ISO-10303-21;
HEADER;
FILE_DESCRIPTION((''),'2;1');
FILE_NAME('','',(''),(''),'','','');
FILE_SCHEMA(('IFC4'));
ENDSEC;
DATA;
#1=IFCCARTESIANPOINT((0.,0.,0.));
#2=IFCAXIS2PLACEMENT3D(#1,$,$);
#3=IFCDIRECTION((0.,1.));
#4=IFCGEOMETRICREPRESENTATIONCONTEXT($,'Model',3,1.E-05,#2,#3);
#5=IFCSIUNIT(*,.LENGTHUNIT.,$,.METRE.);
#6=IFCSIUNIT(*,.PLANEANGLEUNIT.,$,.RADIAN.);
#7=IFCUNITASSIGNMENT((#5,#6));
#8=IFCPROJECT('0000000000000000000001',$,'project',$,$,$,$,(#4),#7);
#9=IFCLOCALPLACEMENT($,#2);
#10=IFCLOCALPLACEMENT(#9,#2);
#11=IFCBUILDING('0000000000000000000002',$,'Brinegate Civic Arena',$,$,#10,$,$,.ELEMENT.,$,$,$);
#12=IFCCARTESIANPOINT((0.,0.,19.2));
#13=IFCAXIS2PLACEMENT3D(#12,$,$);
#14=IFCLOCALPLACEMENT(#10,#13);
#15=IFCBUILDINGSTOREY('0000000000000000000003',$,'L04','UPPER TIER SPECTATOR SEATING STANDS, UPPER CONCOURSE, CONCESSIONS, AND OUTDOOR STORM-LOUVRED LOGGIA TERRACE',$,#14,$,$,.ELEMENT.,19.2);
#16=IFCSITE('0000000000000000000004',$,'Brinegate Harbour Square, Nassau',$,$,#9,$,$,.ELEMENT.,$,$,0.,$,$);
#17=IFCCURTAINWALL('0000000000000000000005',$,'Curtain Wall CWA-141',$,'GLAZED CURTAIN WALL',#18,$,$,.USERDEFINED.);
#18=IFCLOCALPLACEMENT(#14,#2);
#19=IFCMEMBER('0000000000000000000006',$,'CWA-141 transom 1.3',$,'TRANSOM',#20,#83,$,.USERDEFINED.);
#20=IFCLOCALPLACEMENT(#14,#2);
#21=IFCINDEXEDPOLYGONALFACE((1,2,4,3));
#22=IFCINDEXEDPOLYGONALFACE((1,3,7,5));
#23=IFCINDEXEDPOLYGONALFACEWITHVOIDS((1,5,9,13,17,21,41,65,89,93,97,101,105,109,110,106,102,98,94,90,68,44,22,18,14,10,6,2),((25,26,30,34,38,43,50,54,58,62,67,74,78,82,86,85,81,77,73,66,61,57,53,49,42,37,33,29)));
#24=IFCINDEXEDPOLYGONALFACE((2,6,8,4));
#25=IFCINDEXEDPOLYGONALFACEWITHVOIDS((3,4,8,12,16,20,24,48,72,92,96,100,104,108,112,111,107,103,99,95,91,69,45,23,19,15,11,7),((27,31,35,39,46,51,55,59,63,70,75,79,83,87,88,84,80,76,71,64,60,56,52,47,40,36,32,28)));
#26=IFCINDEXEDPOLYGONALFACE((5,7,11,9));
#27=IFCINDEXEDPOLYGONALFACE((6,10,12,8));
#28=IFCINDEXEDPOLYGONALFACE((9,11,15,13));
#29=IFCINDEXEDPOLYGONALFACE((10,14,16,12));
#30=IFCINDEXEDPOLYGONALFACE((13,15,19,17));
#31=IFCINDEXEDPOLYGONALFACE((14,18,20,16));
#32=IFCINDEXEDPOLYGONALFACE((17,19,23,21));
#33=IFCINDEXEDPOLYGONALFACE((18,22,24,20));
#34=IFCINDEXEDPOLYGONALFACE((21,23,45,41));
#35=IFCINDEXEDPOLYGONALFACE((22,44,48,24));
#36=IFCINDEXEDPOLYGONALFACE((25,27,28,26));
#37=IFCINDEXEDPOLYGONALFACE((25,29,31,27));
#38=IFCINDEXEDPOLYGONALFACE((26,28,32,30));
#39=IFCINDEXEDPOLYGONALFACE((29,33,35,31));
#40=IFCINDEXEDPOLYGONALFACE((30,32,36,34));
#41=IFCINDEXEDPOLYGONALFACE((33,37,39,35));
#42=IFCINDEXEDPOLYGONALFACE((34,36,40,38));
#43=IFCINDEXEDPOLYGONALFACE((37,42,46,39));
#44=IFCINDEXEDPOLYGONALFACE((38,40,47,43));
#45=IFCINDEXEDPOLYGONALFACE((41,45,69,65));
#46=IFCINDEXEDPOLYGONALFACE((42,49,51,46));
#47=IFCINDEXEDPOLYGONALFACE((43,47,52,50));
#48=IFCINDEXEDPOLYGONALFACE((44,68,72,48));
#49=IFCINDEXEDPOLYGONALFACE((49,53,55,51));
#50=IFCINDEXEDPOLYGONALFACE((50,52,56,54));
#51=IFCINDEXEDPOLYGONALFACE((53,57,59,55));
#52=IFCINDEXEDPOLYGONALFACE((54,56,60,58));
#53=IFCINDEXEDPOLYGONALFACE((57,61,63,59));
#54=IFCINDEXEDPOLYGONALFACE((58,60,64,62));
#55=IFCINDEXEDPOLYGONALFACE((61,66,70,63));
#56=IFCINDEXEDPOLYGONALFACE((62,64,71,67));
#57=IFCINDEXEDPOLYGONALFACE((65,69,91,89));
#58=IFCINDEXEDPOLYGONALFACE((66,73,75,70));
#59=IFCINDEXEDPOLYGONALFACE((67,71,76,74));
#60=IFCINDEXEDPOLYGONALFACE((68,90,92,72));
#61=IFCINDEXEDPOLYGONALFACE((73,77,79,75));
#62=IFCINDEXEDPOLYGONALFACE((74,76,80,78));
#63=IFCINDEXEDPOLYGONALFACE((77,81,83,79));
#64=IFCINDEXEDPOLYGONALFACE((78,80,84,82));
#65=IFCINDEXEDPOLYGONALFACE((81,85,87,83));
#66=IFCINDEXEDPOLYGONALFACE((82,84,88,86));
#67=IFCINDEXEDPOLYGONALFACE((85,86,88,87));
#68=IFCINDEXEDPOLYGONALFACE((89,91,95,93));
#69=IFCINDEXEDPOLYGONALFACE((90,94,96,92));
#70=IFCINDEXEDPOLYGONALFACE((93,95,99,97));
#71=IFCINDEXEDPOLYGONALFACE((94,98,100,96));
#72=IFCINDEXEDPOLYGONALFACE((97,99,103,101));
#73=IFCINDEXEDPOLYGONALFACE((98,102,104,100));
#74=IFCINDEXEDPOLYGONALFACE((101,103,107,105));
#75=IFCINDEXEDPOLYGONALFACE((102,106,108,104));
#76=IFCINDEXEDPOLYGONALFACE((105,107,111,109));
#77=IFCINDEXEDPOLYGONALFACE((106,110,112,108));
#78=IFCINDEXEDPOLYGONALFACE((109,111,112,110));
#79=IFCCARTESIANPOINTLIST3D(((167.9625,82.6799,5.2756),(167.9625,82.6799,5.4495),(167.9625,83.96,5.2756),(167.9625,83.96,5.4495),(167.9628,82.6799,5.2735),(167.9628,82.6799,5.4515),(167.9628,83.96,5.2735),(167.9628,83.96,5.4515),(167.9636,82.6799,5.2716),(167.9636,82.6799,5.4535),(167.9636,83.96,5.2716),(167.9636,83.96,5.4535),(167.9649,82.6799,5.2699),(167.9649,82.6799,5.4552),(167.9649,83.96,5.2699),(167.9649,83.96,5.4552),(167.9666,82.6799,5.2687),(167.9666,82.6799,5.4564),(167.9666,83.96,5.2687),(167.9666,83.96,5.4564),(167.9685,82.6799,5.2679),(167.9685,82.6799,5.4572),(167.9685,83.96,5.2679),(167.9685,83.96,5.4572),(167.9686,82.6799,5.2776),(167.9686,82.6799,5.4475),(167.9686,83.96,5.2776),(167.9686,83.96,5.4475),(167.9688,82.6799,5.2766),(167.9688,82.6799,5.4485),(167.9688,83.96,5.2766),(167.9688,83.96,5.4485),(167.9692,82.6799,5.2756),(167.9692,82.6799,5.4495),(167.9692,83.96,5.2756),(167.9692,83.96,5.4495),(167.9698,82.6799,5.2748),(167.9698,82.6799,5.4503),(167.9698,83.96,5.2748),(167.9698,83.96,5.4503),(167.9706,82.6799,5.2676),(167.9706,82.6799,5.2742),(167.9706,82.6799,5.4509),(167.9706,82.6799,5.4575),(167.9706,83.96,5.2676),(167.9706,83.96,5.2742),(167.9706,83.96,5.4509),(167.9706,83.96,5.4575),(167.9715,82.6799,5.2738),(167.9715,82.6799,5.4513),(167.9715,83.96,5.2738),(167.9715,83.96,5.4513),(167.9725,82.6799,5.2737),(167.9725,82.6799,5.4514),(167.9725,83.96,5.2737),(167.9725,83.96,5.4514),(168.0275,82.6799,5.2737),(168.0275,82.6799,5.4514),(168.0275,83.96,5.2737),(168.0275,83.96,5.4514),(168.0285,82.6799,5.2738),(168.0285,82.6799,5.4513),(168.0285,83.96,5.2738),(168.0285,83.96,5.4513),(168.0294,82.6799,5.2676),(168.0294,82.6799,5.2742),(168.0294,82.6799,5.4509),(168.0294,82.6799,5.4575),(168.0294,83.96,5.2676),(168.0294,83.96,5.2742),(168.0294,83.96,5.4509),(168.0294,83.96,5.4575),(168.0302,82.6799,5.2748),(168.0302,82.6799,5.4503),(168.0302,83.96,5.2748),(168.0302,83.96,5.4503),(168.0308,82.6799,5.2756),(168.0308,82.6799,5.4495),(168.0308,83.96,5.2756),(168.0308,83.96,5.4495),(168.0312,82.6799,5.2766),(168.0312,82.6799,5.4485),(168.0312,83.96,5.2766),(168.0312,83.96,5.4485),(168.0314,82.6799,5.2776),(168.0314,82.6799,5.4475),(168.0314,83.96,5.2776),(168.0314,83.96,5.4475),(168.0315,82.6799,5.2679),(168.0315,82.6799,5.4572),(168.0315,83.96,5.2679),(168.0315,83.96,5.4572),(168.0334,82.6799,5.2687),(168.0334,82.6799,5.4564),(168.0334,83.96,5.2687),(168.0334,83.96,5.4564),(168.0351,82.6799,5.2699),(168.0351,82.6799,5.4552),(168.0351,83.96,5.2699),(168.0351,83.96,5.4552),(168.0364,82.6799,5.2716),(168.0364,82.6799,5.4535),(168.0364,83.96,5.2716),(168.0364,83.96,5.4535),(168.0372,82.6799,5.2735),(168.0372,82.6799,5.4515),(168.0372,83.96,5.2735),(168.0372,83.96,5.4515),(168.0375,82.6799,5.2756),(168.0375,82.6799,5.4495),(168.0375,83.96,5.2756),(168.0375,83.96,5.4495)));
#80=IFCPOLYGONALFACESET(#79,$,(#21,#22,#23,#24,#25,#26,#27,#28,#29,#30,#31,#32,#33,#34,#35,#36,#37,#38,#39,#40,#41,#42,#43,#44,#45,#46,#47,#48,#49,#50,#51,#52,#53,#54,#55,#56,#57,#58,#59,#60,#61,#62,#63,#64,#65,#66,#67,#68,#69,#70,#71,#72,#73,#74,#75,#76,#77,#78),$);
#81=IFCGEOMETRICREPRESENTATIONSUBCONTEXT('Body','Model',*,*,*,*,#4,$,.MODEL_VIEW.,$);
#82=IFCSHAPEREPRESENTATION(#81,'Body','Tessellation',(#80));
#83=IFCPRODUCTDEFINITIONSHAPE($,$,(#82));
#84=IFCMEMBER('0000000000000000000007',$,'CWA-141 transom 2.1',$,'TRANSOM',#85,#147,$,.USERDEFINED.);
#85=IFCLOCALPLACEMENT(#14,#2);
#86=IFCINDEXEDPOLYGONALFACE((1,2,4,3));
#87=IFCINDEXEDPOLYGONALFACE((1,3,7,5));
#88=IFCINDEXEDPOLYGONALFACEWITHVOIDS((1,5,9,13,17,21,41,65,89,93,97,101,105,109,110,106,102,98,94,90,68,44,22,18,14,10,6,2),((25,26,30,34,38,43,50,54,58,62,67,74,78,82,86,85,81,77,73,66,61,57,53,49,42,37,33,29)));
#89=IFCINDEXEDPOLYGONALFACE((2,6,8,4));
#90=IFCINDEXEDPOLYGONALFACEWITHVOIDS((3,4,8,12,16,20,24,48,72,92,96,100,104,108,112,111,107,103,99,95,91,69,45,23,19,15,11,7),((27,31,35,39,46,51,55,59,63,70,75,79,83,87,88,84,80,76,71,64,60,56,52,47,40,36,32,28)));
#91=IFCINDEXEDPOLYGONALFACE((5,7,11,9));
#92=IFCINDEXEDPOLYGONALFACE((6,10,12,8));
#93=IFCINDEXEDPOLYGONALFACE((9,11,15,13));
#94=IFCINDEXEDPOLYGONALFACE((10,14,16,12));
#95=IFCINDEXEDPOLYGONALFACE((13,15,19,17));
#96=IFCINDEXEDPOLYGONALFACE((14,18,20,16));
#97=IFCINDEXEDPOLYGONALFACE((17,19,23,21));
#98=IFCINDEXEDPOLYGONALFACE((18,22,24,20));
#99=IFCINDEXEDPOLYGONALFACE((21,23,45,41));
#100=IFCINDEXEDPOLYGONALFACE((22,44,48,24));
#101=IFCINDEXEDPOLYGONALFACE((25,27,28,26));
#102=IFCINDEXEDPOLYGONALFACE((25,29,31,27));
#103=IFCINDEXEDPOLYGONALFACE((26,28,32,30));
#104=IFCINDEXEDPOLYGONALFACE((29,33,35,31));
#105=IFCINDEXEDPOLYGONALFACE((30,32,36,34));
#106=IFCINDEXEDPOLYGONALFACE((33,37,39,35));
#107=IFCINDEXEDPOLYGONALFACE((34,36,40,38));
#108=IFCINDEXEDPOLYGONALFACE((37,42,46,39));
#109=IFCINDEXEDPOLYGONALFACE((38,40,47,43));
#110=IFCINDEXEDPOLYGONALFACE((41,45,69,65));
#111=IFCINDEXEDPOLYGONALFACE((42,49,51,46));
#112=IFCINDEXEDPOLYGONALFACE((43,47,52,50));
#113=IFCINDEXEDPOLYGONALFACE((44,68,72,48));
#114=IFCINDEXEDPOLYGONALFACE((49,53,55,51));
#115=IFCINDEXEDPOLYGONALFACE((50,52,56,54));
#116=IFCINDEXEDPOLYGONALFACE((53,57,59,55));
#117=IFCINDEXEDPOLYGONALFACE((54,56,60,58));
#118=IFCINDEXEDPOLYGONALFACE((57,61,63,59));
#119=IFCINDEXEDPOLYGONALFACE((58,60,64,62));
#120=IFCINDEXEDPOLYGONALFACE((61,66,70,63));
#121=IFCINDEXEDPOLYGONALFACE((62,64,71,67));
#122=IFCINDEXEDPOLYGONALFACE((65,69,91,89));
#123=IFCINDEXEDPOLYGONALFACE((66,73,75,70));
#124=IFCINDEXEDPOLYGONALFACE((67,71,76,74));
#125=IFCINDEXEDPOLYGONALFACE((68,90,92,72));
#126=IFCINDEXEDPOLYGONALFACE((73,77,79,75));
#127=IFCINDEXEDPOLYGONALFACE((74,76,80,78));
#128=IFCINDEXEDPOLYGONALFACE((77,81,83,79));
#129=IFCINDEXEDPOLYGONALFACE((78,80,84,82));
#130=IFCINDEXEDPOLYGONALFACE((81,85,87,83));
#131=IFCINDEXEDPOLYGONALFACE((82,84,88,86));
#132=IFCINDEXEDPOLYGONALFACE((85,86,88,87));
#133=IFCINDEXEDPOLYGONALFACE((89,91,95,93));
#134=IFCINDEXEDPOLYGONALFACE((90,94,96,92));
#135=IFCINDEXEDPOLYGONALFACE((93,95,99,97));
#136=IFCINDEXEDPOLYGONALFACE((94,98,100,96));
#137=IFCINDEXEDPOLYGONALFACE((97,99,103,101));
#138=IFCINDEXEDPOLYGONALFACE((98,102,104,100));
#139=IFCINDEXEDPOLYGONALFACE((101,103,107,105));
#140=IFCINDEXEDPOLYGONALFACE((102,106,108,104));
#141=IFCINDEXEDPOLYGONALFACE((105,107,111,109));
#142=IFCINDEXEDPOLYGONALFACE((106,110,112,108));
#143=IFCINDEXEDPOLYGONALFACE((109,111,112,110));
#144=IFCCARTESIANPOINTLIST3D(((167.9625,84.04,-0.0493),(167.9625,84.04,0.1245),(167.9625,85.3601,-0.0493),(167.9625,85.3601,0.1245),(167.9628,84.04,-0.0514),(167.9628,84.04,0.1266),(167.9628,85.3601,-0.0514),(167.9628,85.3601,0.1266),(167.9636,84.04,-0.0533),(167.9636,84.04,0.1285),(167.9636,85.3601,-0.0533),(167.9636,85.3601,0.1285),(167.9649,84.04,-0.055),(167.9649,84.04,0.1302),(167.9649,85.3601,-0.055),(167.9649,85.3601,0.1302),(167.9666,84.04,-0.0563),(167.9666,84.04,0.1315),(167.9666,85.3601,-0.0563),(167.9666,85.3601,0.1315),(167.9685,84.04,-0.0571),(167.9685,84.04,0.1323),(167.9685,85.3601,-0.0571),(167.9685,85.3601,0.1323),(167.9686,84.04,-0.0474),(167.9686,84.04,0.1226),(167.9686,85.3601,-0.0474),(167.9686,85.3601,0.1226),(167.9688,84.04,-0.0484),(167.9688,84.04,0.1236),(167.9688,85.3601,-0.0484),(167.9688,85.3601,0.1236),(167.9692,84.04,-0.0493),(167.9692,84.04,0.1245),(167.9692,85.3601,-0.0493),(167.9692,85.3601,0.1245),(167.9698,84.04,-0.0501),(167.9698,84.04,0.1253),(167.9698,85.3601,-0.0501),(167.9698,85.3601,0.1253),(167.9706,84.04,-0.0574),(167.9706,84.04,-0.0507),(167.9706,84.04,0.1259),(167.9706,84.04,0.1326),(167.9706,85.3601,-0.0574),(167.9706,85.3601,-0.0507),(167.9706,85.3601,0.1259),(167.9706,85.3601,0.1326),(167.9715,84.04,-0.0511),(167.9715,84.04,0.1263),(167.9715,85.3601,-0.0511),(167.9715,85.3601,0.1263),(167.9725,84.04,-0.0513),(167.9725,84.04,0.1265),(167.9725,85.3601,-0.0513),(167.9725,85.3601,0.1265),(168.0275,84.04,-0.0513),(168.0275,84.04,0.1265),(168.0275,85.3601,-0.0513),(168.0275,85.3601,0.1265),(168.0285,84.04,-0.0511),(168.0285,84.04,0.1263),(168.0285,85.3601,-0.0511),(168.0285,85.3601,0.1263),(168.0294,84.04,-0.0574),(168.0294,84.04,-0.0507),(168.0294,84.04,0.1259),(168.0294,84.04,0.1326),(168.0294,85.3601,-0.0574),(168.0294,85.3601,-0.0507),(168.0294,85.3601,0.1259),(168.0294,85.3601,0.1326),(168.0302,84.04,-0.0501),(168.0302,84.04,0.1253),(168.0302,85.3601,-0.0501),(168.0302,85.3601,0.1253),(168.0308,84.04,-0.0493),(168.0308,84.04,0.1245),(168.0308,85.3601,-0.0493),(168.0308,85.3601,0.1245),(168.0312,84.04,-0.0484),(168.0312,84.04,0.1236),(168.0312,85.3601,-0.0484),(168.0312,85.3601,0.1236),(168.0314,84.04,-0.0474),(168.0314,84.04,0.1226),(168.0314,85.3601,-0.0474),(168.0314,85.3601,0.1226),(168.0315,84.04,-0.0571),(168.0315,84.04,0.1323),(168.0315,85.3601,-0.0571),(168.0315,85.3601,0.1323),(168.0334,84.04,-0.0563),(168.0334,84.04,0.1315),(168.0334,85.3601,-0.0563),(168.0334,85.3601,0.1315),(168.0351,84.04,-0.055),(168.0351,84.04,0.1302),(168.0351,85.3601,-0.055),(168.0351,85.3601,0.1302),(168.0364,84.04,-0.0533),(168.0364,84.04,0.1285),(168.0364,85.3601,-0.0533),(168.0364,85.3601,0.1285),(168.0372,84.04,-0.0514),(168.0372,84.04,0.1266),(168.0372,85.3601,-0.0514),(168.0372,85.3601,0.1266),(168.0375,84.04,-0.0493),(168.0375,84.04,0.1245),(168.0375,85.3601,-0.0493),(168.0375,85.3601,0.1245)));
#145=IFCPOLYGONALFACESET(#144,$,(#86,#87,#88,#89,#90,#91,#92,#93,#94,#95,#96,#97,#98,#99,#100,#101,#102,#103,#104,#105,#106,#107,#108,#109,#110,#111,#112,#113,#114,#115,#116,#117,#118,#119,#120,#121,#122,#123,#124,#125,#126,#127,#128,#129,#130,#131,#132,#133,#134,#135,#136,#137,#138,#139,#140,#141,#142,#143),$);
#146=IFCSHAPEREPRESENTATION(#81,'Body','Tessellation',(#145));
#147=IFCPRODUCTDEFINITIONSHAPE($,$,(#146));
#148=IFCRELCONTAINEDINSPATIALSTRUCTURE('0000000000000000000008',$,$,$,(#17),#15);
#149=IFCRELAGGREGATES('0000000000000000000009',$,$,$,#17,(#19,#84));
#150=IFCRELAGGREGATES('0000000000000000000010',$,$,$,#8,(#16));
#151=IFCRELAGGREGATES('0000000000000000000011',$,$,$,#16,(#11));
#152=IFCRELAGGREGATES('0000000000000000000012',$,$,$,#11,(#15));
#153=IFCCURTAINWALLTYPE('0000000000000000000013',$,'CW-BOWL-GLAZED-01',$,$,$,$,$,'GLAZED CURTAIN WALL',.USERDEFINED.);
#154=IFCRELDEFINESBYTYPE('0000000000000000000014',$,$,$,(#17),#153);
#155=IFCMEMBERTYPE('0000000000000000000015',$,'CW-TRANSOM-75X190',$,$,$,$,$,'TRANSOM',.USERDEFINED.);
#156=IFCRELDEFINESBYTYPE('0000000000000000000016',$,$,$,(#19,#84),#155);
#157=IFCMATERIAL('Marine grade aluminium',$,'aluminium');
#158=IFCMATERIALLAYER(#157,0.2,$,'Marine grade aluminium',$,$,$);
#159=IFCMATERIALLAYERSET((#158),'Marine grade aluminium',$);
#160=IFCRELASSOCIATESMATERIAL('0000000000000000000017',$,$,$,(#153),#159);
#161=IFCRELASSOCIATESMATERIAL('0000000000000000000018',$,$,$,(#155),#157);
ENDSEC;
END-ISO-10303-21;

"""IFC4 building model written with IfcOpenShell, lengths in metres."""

from ifc_helpers import new_model, si_unit, direction, frame, origin, origin_2d, place, context, subcontext, project, spatial, hollow_rectangle, extrude, material, layer, layer_set, material_profile, profile_set, type_object, element, aggregate, save


model = new_model("IFC4")

# Units and contexts
model_context = context("Model", 3, precision=1e-05, world=origin(), true_north=direction((0.0, 1.0)))
body_context = subcontext(model_context, "Body", "Model", "MODEL_VIEW")
ifc_project = project(units=[si_unit("LENGTHUNIT", "METRE"), si_unit("PLANEANGLEUNIT", "RADIAN")], contexts=[model_context])

# Site, building, storey
site_placement = place(None, origin())
site = spatial("IfcSite", under=ifc_project, at=site_placement, Name="Brinegate Harbour Square, Nassau", CompositionType="ELEMENT", RefElevation=0.0)
building_placement = place(site_placement, origin())
building = spatial("IfcBuilding", under=site, at=building_placement, Name="Brinegate Civic Arena", CompositionType="ELEMENT")
storey_placement = place(building_placement, frame((0.0, 0.0, 19.2)))
storey = spatial("IfcBuildingStorey", under=building, at=storey_placement, Name="L04", Description="UPPER TIER SPECTATOR SEATING STANDS, UPPER CONCOURSE, CONCESSIONS, AND OUTDOOR STORM-LOUVRED LOGGIA TERRACE", CompositionType="ELEMENT", Elevation=19.2)

# Curtain wall, members
ifc_material_1 = material(Name="Marine grade aluminium", Category="aluminium")
ifc_layer_1 = layer(ifc_material_1, 0.2, Name="Marine grade aluminium")
ifc_layer_set_1 = layer_set([ifc_layer_1], Name="Marine grade aluminium")
curtain_wall_type = type_object("IfcCurtainWallType", Name="CW-BOWL-GLAZED-01", ElementType="GLAZED CURTAIN WALL", PredefinedType="USERDEFINED", material=ifc_layer_set_1)
curtain_wall_placement = place(storey_placement, origin())
curtain_wall = element("IfcCurtainWall", 1, at=curtain_wall_placement, inside=storey, type_object=curtain_wall_type, Name="Curtain Wall CWA-141", ObjectType="GLAZED CURTAIN WALL", PredefinedType="USERDEFINED")
ifc_material_profile_1 = material_profile(ifc_material_1, hollow_rectangle(XDim=0.075, YDim=0.1899, WallThickness=0.0061, InnerFilletRadius=0.0039, OuterFilletRadius=0.0081, at=origin_2d()), Name="TRN75X190")
ifc_profile_set_1 = profile_set([ifc_material_profile_1], Name="Marine grade aluminium")
member_type_1 = type_object("IfcMemberType", Name="CW-TRANSOM-75X190", ElementType="TRANSOM", PredefinedType="USERDEFINED", material=ifc_profile_set_1)
member_1_placement = place(storey_placement, frame((168.0, 82.6799, 5.3625), z_axis=(0.0, 1.0, 0.0), x_axis=(-1.0, 0.0, 0.0)))
member_1 = element("IfcMember", 2, at=member_1_placement, type_object=member_type_1, Name="CWA-141 transom 1.3", ObjectType="TRANSOM", PredefinedType="USERDEFINED", context=body_context, shape_type="SweptSolid", body=[
    extrude(hollow_rectangle(XDim=0.075, YDim=0.1899, WallThickness=0.0061, InnerFilletRadius=0.0039, OuterFilletRadius=0.0081, at=origin_2d()), origin(), (0.0, 0.0, 1.0), 1.28),
])
member_2_placement = place(storey_placement, frame((168.0, 84.04, 0.0376), z_axis=(0.0, 1.0, 0.0), x_axis=(-1.0, 0.0, 0.0)))
member_2 = element("IfcMember", 3, at=member_2_placement, type_object=member_type_1, Name="CWA-141 transom 2.1", ObjectType="TRANSOM", PredefinedType="USERDEFINED", context=body_context, shape_type="SweptSolid", body=[
    extrude(hollow_rectangle(XDim=0.075, YDim=0.1899, WallThickness=0.0061, InnerFilletRadius=0.0039, OuterFilletRadius=0.0081, at=origin_2d()), origin(), (0.0, 0.0, 1.0), 1.3201),
])

aggregate(curtain_wall, [member_1, member_2])

save(model, "model.ifc")
